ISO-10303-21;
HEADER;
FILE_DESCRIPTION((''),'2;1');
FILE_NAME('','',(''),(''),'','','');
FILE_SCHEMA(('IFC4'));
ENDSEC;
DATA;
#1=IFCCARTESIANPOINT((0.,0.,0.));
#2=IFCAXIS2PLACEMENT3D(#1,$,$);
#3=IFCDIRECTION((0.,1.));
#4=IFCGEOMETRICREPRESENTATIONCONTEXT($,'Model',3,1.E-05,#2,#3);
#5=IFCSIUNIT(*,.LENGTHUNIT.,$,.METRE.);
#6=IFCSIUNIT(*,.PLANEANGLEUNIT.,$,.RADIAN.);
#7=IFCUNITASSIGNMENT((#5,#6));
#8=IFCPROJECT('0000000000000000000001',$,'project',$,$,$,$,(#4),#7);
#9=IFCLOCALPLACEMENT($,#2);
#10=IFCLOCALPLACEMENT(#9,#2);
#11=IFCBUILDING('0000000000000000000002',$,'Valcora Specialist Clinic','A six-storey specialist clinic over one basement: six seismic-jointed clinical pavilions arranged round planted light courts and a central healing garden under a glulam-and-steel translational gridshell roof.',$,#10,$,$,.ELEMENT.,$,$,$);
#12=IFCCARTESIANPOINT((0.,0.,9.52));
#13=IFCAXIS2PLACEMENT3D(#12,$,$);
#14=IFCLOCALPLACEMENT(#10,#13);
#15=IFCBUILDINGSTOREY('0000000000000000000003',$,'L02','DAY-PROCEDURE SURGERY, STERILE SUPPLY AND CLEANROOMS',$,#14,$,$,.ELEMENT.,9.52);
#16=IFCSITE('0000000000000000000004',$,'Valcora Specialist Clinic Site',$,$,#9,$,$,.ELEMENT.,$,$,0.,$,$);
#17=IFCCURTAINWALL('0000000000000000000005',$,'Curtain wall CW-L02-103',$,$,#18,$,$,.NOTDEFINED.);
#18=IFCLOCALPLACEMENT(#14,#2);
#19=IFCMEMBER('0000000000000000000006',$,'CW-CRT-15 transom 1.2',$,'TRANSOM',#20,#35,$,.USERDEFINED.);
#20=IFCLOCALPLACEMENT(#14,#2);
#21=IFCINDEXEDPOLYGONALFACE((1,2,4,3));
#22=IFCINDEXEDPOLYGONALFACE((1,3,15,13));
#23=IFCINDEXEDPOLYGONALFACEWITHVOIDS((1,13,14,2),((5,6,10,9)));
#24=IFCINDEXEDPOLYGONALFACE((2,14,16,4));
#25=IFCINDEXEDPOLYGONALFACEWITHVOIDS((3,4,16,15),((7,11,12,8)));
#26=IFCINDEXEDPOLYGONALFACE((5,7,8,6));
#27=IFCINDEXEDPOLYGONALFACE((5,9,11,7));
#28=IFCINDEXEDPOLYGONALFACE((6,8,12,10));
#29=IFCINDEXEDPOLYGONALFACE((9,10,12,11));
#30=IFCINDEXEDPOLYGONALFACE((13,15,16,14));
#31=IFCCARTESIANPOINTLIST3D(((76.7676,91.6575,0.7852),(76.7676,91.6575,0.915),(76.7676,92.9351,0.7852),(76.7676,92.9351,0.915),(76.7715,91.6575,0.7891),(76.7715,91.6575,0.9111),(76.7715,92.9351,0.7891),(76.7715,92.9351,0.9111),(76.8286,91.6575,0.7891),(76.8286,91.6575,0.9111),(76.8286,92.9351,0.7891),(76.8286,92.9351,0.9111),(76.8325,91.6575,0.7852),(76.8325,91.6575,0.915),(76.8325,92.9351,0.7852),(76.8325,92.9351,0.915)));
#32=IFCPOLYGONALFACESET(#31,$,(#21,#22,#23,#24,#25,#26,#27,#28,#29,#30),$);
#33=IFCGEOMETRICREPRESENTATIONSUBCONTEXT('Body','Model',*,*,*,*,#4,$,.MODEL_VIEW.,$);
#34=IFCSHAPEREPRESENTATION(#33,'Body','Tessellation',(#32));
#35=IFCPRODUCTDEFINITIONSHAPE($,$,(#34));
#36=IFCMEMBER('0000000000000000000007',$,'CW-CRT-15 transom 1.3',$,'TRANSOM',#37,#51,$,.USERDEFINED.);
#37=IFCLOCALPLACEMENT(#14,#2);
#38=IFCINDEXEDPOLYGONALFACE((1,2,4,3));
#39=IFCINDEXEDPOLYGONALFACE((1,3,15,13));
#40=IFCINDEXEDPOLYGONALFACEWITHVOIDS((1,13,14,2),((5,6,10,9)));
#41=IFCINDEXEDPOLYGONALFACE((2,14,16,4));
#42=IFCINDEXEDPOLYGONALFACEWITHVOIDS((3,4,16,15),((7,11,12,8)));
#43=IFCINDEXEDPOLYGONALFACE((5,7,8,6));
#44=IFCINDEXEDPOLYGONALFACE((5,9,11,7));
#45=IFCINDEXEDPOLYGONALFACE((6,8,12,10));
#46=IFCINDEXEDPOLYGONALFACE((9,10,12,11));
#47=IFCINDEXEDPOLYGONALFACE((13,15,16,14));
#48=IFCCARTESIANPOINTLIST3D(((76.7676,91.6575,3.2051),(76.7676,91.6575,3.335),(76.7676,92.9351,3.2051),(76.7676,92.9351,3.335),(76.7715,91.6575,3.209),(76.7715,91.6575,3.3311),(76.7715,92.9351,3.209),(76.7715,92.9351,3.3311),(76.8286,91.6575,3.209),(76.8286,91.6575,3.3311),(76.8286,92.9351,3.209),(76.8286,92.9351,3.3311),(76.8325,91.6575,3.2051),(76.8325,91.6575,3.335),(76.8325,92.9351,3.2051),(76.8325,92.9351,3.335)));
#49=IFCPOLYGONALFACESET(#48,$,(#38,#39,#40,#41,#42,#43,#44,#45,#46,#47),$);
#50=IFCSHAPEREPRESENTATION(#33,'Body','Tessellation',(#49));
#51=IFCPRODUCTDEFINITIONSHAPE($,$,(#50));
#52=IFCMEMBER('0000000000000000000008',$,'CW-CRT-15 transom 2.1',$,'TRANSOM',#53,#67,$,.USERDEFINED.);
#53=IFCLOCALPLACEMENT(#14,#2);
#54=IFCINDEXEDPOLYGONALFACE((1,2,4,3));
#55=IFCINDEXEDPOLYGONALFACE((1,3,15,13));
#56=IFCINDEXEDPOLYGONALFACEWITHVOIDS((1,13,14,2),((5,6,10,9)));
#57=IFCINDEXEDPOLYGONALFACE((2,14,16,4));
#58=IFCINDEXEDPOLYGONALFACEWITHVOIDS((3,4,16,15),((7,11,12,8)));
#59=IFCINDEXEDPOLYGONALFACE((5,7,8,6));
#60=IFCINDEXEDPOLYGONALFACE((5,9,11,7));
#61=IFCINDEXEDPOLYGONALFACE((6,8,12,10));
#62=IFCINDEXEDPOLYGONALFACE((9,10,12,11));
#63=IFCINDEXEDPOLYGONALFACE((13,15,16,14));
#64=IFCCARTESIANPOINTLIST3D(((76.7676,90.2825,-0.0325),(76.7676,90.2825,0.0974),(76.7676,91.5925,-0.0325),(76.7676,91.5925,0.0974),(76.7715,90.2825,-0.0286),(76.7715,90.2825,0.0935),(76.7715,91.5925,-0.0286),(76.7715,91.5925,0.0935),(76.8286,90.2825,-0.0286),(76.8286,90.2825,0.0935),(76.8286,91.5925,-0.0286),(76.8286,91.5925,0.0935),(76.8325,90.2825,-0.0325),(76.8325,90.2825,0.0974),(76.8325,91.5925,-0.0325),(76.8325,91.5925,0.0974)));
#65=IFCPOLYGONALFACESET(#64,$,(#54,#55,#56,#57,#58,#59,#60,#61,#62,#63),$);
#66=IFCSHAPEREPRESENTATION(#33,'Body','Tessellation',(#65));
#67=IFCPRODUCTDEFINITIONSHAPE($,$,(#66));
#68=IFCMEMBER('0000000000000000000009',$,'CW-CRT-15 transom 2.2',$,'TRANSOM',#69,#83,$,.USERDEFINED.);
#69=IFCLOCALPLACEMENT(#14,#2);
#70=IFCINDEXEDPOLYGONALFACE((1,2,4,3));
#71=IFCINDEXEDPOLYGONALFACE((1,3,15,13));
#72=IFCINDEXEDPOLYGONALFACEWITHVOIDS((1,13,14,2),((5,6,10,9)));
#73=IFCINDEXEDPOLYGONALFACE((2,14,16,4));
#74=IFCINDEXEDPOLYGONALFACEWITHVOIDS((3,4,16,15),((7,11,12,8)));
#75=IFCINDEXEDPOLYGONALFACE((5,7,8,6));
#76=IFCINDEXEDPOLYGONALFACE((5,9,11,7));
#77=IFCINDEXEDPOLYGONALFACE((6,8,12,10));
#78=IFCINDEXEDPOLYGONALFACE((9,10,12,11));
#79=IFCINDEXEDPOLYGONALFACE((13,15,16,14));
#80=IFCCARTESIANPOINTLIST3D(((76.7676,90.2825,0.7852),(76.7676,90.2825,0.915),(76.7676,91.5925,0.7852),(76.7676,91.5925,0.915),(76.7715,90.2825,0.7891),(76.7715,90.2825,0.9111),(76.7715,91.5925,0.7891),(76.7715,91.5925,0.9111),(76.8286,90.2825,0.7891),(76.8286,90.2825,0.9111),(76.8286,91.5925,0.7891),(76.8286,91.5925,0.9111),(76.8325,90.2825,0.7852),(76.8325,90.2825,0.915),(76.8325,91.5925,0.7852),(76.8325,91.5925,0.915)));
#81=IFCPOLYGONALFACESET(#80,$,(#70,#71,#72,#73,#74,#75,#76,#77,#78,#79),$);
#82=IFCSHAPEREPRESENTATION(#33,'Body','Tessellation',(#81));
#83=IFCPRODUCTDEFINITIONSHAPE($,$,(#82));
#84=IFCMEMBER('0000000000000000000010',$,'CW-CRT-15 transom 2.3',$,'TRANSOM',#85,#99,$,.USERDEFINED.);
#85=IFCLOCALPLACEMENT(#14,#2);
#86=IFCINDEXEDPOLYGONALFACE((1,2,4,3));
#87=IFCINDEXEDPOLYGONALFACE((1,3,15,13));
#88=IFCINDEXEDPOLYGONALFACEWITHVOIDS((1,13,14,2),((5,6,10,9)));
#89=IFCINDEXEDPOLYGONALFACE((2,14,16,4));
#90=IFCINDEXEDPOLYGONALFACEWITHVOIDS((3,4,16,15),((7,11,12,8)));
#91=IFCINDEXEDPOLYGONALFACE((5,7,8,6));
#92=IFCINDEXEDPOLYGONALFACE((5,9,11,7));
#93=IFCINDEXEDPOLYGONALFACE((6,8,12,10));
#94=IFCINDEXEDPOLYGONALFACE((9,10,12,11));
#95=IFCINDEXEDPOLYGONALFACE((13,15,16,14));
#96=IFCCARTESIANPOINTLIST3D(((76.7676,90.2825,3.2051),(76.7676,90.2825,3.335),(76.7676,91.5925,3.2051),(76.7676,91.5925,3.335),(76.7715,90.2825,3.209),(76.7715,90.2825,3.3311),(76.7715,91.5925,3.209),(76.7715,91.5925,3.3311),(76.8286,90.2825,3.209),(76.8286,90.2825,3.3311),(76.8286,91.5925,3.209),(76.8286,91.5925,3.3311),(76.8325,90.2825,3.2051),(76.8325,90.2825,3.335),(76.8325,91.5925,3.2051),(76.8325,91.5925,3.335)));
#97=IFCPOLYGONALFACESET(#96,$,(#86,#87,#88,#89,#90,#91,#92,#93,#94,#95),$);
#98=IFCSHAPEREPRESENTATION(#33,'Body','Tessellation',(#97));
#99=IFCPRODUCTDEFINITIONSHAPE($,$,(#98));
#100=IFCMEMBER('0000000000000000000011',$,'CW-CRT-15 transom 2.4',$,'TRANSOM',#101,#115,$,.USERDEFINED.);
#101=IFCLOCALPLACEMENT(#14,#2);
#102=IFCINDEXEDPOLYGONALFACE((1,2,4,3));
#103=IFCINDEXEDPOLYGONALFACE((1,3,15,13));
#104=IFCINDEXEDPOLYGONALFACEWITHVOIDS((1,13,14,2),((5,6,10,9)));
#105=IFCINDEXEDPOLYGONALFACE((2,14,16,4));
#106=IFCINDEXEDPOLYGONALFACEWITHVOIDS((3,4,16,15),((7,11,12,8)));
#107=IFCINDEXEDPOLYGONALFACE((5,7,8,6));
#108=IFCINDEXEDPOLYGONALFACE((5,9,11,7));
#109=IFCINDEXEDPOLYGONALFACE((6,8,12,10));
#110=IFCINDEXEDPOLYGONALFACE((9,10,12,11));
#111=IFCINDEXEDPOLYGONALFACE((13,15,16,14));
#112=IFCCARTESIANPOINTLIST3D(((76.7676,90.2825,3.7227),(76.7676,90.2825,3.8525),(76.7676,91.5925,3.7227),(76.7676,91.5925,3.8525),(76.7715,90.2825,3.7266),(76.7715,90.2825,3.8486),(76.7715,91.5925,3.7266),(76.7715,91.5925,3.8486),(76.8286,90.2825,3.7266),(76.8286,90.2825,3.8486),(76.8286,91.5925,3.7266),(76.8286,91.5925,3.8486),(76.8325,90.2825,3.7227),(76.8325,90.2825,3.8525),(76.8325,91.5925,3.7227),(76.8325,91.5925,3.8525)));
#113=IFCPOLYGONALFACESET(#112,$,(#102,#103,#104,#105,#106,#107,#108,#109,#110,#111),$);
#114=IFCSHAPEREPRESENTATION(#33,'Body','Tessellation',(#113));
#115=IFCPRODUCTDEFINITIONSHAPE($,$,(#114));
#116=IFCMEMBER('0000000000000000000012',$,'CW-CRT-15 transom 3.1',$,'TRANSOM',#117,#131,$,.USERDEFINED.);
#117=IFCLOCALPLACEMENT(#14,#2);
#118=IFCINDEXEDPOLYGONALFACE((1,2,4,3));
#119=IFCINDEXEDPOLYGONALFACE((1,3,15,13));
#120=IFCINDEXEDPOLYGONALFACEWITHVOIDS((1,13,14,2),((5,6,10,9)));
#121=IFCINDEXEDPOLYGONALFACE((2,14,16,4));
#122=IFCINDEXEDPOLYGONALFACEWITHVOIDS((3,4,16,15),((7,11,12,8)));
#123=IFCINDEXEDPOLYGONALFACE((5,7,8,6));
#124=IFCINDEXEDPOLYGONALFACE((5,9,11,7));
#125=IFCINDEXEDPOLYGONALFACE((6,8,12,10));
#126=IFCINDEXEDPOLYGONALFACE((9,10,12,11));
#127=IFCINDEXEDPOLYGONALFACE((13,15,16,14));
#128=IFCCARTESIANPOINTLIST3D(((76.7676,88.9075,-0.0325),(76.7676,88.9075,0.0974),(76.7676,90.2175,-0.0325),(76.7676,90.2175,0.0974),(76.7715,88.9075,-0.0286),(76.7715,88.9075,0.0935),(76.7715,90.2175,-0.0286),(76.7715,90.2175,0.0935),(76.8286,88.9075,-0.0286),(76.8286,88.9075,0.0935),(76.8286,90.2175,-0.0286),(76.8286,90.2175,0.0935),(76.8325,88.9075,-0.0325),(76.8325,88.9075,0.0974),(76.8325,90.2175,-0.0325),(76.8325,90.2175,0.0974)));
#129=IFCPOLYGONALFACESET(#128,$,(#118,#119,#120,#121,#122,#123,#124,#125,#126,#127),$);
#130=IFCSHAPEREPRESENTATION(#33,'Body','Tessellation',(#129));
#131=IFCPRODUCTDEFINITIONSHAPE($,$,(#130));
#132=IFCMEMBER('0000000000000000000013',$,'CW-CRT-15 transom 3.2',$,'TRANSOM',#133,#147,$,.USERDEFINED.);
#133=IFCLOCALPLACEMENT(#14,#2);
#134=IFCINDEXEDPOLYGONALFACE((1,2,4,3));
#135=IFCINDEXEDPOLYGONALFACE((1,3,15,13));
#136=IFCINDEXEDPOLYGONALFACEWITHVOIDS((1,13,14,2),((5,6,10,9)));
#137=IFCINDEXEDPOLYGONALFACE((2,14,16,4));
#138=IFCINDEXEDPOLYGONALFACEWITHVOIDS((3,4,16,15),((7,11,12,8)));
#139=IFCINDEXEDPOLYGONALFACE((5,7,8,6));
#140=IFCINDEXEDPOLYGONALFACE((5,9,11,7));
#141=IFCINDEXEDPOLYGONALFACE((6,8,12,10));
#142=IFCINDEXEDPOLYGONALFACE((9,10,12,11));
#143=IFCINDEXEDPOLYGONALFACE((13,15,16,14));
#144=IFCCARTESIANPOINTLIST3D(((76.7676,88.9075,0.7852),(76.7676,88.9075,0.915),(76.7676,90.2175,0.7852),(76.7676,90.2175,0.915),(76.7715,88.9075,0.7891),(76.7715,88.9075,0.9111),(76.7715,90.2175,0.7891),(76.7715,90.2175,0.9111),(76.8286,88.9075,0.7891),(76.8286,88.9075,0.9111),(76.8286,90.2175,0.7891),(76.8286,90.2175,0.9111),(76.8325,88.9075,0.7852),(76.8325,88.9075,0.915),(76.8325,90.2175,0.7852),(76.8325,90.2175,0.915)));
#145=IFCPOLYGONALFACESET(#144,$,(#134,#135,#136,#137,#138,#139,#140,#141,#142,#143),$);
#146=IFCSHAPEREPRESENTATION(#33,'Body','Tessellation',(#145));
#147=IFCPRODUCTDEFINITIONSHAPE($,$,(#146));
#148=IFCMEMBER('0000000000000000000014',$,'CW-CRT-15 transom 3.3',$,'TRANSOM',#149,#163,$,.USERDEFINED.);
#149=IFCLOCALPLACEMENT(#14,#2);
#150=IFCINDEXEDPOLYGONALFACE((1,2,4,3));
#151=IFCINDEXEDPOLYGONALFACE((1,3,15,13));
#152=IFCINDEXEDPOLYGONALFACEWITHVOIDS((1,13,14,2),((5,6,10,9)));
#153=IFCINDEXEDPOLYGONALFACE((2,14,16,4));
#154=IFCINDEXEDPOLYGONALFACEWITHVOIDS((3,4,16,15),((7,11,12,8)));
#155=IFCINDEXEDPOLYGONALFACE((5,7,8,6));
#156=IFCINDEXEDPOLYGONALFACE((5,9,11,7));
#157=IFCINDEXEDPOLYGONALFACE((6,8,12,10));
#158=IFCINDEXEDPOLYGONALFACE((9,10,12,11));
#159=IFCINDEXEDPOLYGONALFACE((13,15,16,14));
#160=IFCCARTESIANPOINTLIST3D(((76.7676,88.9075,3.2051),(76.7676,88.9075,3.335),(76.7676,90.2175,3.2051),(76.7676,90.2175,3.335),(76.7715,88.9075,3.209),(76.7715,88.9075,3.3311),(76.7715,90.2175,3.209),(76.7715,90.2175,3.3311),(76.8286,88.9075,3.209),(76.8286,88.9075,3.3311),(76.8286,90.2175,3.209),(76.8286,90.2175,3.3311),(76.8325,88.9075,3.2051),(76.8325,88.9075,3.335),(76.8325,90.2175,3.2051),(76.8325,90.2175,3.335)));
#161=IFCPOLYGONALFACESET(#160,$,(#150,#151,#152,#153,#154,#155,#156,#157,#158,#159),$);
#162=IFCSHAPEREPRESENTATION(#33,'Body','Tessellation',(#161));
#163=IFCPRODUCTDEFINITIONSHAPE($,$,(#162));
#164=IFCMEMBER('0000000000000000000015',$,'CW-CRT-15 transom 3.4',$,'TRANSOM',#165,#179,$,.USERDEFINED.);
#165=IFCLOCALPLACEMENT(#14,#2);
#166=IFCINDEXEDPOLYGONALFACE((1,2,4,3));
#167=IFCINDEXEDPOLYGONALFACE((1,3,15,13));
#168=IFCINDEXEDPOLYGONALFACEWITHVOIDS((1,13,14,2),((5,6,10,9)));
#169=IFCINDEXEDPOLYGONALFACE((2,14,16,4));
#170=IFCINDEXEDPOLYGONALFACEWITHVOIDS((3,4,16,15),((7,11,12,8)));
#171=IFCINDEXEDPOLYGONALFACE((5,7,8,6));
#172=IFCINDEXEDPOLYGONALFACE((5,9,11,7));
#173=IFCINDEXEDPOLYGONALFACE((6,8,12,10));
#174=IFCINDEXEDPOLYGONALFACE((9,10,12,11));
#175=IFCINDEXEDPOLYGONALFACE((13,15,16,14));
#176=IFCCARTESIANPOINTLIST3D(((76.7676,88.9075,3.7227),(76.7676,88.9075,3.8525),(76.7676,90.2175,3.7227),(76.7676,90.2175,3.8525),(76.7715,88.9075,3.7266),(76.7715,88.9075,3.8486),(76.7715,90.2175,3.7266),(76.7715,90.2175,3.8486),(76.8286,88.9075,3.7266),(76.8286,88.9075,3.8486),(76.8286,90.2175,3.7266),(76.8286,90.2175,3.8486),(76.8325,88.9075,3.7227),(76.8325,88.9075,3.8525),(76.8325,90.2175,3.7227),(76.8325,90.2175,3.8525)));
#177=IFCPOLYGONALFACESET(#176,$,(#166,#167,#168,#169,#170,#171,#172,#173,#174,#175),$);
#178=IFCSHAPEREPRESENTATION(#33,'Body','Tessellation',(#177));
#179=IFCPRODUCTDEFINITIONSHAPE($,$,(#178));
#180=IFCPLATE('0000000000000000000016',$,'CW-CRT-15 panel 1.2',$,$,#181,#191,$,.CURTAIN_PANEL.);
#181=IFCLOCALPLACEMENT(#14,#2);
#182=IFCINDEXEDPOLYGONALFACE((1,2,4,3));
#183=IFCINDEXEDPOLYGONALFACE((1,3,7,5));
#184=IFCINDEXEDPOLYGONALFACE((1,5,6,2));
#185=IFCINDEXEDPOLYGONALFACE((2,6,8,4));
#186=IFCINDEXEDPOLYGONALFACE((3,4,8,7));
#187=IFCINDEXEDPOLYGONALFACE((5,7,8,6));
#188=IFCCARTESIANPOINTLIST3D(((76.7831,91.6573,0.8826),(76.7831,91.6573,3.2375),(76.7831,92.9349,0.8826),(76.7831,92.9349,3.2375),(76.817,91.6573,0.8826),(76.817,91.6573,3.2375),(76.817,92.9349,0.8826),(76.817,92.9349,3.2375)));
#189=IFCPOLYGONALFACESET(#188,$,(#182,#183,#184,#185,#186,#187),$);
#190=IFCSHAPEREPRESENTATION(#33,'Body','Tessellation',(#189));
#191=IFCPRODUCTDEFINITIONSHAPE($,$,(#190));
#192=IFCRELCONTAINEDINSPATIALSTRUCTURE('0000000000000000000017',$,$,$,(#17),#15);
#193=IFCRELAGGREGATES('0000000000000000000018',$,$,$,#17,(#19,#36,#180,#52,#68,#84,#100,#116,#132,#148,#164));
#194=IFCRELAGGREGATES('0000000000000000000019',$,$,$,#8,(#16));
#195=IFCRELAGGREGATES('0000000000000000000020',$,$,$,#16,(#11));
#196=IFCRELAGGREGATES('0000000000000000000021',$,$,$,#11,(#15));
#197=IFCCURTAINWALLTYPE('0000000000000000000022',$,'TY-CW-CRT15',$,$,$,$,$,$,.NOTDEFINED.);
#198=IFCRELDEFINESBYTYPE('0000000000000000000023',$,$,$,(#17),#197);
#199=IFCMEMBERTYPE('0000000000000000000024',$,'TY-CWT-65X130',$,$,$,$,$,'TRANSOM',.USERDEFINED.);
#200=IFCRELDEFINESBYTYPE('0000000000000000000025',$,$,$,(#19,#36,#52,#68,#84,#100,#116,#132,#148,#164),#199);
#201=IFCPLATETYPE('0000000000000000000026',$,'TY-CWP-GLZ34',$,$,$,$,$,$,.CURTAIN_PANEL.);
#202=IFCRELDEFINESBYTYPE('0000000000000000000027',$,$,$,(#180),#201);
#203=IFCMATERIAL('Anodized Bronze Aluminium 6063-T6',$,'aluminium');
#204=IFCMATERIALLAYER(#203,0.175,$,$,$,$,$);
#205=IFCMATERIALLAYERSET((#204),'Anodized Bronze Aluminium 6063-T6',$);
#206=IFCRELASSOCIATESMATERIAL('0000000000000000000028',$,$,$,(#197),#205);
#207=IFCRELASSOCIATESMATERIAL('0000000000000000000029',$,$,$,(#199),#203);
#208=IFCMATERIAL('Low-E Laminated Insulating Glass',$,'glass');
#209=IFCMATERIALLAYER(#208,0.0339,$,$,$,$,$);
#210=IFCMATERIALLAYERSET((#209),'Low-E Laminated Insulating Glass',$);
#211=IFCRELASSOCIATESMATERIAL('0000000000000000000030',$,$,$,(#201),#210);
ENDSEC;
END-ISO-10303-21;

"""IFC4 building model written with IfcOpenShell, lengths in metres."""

from ifc_helpers import new_model, si_unit, direction, frame, origin, origin_2d, place, context, subcontext, project, spatial, rectangle, hollow_rectangle, extrude, material, layer, layer_set, material_profile, profile_set, type_object, element, aggregate, save


model = new_model("IFC4")

# Units and contexts
model_context = context("Model", 3, precision=1e-05, world=origin(), true_north=direction((0.0, 1.0)))
body_context = subcontext(model_context, "Body", "Model", "MODEL_VIEW")
ifc_project = project(units=[si_unit("LENGTHUNIT", "METRE"), si_unit("PLANEANGLEUNIT", "RADIAN")], contexts=[model_context])

# Site, building, storey
site_placement = place(None, origin())
site = spatial("IfcSite", under=ifc_project, at=site_placement, Name="Valcora Specialist Clinic Site", CompositionType="ELEMENT", RefElevation=0.0)
building_placement = place(site_placement, origin())
building = spatial("IfcBuilding", under=site, at=building_placement, Name="Valcora Specialist Clinic", Description="A six-storey specialist clinic over one basement: six seismic-jointed clinical pavilions arranged round planted light courts and a central healing garden under a glulam-and-steel translational gridshell roof.", CompositionType="ELEMENT")
storey_placement = place(building_placement, frame((0.0, 0.0, 9.52)))
storey = spatial("IfcBuildingStorey", under=building, at=storey_placement, Name="L02", Description="DAY-PROCEDURE SURGERY, STERILE SUPPLY AND CLEANROOMS", CompositionType="ELEMENT", Elevation=9.52)

# Curtain wall, members, plate
ifc_material_1 = material(Name="Anodized Bronze Aluminium 6063-T6", Category="aluminium")
ifc_layer_1 = layer(ifc_material_1, 0.175)
ifc_layer_set_1 = layer_set([ifc_layer_1], Name="Anodized Bronze Aluminium 6063-T6")
curtain_wall_type = type_object("IfcCurtainWallType", Name="TY-CW-CRT15", PredefinedType="NOTDEFINED", material=ifc_layer_set_1)
curtain_wall_placement = place(storey_placement, origin())
curtain_wall = element("IfcCurtainWall", 1, at=curtain_wall_placement, inside=storey, type_object=curtain_wall_type, Name="Curtain wall CW-L02-103", PredefinedType="NOTDEFINED")
ifc_material_profile_1 = material_profile(ifc_material_1, hollow_rectangle(XDim=0.0649, YDim=0.1299, WallThickness=0.0039, at=origin_2d()), Name="AL-TRN-65X130")
ifc_profile_set_1 = profile_set([ifc_material_profile_1], Name="Anodized Bronze Aluminium 6063-T6")
member_type_1 = type_object("IfcMemberType", Name="TY-CWT-65X130", ElementType="TRANSOM", PredefinedType="USERDEFINED", material=ifc_profile_set_1)
member_1_placement = place(storey_placement, frame((76.8, 92.9351, 0.8501), z_axis=(0.0, -1.0, 0.0), x_axis=(1.0, 0.0, 0.0)))
member_1 = element("IfcMember", 2, at=member_1_placement, type_object=member_type_1, Name="CW-CRT-15 transom 1.2", ObjectType="TRANSOM", PredefinedType="USERDEFINED", context=body_context, shape_type="SweptSolid", body=[
    extrude(hollow_rectangle(XDim=0.0649, YDim=0.1299, WallThickness=0.0039, at=origin_2d()), origin(), (0.0, 0.0, 1.0), 1.2776),
])
member_2_placement = place(storey_placement, frame((76.8, 92.9351, 3.27), z_axis=(0.0, -1.0, 0.0), x_axis=(1.0, 0.0, 0.0)))
member_2 = element("IfcMember", 3, at=member_2_placement, type_object=member_type_1, Name="CW-CRT-15 transom 1.3", ObjectType="TRANSOM", PredefinedType="USERDEFINED", context=body_context, shape_type="SweptSolid", body=[
    extrude(hollow_rectangle(XDim=0.0649, YDim=0.1299, WallThickness=0.0039, at=origin_2d()), origin(), (0.0, 0.0, 1.0), 1.2776),
])
member_3_placement = place(storey_placement, frame((76.8, 91.5925, 0.0325), z_axis=(0.0, -1.0, 0.0), x_axis=(1.0, 0.0, 0.0)))
member_3 = element("IfcMember", 4, at=member_3_placement, type_object=member_type_1, Name="CW-CRT-15 transom 2.1", ObjectType="TRANSOM", PredefinedType="USERDEFINED", context=body_context, shape_type="SweptSolid", body=[
    extrude(hollow_rectangle(XDim=0.0649, YDim=0.1299, WallThickness=0.0039, at=origin_2d()), origin(), (0.0, 0.0, 1.0), 1.3101),
])
member_4_placement = place(storey_placement, frame((76.8, 91.5925, 0.8501), z_axis=(0.0, -1.0, 0.0), x_axis=(1.0, 0.0, 0.0)))
member_4 = element("IfcMember", 5, at=member_4_placement, type_object=member_type_1, Name="CW-CRT-15 transom 2.2", ObjectType="TRANSOM", PredefinedType="USERDEFINED", context=body_context, shape_type="SweptSolid", body=[
    extrude(hollow_rectangle(XDim=0.0649, YDim=0.1299, WallThickness=0.0039, at=origin_2d()), origin(), (0.0, 0.0, 1.0), 1.3101),
])
member_5_placement = place(storey_placement, frame((76.8, 91.5925, 3.27), z_axis=(0.0, -1.0, 0.0), x_axis=(1.0, 0.0, 0.0)))
member_5 = element("IfcMember", 6, at=member_5_placement, type_object=member_type_1, Name="CW-CRT-15 transom 2.3", ObjectType="TRANSOM", PredefinedType="USERDEFINED", context=body_context, shape_type="SweptSolid", body=[
    extrude(hollow_rectangle(XDim=0.0649, YDim=0.1299, WallThickness=0.0039, at=origin_2d()), origin(), (0.0, 0.0, 1.0), 1.3101),
])
member_6_placement = place(storey_placement, frame((76.8, 91.5925, 3.7876), z_axis=(0.0, -1.0, 0.0), x_axis=(1.0, 0.0, 0.0)))
member_6 = element("IfcMember", 7, at=member_6_placement, type_object=member_type_1, Name="CW-CRT-15 transom 2.4", ObjectType="TRANSOM", PredefinedType="USERDEFINED", context=body_context, shape_type="SweptSolid", body=[
    extrude(hollow_rectangle(XDim=0.0649, YDim=0.1299, WallThickness=0.0039, at=origin_2d()), origin(), (0.0, 0.0, 1.0), 1.3101),
])
member_7_placement = place(storey_placement, frame((76.8, 90.2175, 0.0325), z_axis=(0.0, -1.0, 0.0), x_axis=(1.0, 0.0, 0.0)))
member_7 = element("IfcMember", 8, at=member_7_placement, type_object=member_type_1, Name="CW-CRT-15 transom 3.1", ObjectType="TRANSOM", PredefinedType="USERDEFINED", context=body_context, shape_type="SweptSolid", body=[
    extrude(hollow_rectangle(XDim=0.0649, YDim=0.1299, WallThickness=0.0039, at=origin_2d()), origin(), (0.0, 0.0, 1.0), 1.3101),
])
member_8_placement = place(storey_placement, frame((76.8, 90.2175, 0.8501), z_axis=(0.0, -1.0, 0.0), x_axis=(1.0, 0.0, 0.0)))
member_8 = element("IfcMember", 9, at=member_8_placement, type_object=member_type_1, Name="CW-CRT-15 transom 3.2", ObjectType="TRANSOM", PredefinedType="USERDEFINED", context=body_context, shape_type="SweptSolid", body=[
    extrude(hollow_rectangle(XDim=0.0649, YDim=0.1299, WallThickness=0.0039, at=origin_2d()), origin(), (0.0, 0.0, 1.0), 1.3101),
])
member_9_placement = place(storey_placement, frame((76.8, 90.2175, 3.27), z_axis=(0.0, -1.0, 0.0), x_axis=(1.0, 0.0, 0.0)))
member_9 = element("IfcMember", 10, at=member_9_placement, type_object=member_type_1, Name="CW-CRT-15 transom 3.3", ObjectType="TRANSOM", PredefinedType="USERDEFINED", context=body_context, shape_type="SweptSolid", body=[
    extrude(hollow_rectangle(XDim=0.0649, YDim=0.1299, WallThickness=0.0039, at=origin_2d()), origin(), (0.0, 0.0, 1.0), 1.3101),
])
member_10_placement = place(storey_placement, frame((76.8, 90.2175, 3.7876), z_axis=(0.0, -1.0, 0.0), x_axis=(1.0, 0.0, 0.0)))
member_10 = element("IfcMember", 11, at=member_10_placement, type_object=member_type_1, Name="CW-CRT-15 transom 3.4", ObjectType="TRANSOM", PredefinedType="USERDEFINED", context=body_context, shape_type="SweptSolid", body=[
    extrude(hollow_rectangle(XDim=0.0649, YDim=0.1299, WallThickness=0.0039, at=origin_2d()), origin(), (0.0, 0.0, 1.0), 1.3101),
])
ifc_material_2 = material(Name="Low-E Laminated Insulating Glass", Category="glass")
ifc_layer_2 = layer(ifc_material_2, 0.0339)
ifc_layer_set_2 = layer_set([ifc_layer_2], Name="Low-E Laminated Insulating Glass")
plate_type_1 = type_object("IfcPlateType", Name="TY-CWP-GLZ34", PredefinedType="CURTAIN_PANEL", material=ifc_layer_set_2)
plate_1_placement = place(storey_placement, frame((76.8, 92.2961, 0.8826), z_axis=(0.0, 0.0, 1.0), x_axis=(0.0, -1.0, 0.0)))
plate_1 = element("IfcPlate", 12, at=plate_1_placement, type_object=plate_type_1, Name="CW-CRT-15 panel 1.2", PredefinedType="CURTAIN_PANEL", context=body_context, shape_type="SweptSolid", body=[
    extrude(rectangle(XDim=1.2776, YDim=0.0339, at=origin_2d()), origin(), (0.0, 0.0, 1.0), 2.355),
])
aggregate(curtain_wall, [member_1, member_2, plate_1, member_3, member_4, member_5, member_6, member_7, member_8, member_9, member_10])

save(model, "model.ifc")
